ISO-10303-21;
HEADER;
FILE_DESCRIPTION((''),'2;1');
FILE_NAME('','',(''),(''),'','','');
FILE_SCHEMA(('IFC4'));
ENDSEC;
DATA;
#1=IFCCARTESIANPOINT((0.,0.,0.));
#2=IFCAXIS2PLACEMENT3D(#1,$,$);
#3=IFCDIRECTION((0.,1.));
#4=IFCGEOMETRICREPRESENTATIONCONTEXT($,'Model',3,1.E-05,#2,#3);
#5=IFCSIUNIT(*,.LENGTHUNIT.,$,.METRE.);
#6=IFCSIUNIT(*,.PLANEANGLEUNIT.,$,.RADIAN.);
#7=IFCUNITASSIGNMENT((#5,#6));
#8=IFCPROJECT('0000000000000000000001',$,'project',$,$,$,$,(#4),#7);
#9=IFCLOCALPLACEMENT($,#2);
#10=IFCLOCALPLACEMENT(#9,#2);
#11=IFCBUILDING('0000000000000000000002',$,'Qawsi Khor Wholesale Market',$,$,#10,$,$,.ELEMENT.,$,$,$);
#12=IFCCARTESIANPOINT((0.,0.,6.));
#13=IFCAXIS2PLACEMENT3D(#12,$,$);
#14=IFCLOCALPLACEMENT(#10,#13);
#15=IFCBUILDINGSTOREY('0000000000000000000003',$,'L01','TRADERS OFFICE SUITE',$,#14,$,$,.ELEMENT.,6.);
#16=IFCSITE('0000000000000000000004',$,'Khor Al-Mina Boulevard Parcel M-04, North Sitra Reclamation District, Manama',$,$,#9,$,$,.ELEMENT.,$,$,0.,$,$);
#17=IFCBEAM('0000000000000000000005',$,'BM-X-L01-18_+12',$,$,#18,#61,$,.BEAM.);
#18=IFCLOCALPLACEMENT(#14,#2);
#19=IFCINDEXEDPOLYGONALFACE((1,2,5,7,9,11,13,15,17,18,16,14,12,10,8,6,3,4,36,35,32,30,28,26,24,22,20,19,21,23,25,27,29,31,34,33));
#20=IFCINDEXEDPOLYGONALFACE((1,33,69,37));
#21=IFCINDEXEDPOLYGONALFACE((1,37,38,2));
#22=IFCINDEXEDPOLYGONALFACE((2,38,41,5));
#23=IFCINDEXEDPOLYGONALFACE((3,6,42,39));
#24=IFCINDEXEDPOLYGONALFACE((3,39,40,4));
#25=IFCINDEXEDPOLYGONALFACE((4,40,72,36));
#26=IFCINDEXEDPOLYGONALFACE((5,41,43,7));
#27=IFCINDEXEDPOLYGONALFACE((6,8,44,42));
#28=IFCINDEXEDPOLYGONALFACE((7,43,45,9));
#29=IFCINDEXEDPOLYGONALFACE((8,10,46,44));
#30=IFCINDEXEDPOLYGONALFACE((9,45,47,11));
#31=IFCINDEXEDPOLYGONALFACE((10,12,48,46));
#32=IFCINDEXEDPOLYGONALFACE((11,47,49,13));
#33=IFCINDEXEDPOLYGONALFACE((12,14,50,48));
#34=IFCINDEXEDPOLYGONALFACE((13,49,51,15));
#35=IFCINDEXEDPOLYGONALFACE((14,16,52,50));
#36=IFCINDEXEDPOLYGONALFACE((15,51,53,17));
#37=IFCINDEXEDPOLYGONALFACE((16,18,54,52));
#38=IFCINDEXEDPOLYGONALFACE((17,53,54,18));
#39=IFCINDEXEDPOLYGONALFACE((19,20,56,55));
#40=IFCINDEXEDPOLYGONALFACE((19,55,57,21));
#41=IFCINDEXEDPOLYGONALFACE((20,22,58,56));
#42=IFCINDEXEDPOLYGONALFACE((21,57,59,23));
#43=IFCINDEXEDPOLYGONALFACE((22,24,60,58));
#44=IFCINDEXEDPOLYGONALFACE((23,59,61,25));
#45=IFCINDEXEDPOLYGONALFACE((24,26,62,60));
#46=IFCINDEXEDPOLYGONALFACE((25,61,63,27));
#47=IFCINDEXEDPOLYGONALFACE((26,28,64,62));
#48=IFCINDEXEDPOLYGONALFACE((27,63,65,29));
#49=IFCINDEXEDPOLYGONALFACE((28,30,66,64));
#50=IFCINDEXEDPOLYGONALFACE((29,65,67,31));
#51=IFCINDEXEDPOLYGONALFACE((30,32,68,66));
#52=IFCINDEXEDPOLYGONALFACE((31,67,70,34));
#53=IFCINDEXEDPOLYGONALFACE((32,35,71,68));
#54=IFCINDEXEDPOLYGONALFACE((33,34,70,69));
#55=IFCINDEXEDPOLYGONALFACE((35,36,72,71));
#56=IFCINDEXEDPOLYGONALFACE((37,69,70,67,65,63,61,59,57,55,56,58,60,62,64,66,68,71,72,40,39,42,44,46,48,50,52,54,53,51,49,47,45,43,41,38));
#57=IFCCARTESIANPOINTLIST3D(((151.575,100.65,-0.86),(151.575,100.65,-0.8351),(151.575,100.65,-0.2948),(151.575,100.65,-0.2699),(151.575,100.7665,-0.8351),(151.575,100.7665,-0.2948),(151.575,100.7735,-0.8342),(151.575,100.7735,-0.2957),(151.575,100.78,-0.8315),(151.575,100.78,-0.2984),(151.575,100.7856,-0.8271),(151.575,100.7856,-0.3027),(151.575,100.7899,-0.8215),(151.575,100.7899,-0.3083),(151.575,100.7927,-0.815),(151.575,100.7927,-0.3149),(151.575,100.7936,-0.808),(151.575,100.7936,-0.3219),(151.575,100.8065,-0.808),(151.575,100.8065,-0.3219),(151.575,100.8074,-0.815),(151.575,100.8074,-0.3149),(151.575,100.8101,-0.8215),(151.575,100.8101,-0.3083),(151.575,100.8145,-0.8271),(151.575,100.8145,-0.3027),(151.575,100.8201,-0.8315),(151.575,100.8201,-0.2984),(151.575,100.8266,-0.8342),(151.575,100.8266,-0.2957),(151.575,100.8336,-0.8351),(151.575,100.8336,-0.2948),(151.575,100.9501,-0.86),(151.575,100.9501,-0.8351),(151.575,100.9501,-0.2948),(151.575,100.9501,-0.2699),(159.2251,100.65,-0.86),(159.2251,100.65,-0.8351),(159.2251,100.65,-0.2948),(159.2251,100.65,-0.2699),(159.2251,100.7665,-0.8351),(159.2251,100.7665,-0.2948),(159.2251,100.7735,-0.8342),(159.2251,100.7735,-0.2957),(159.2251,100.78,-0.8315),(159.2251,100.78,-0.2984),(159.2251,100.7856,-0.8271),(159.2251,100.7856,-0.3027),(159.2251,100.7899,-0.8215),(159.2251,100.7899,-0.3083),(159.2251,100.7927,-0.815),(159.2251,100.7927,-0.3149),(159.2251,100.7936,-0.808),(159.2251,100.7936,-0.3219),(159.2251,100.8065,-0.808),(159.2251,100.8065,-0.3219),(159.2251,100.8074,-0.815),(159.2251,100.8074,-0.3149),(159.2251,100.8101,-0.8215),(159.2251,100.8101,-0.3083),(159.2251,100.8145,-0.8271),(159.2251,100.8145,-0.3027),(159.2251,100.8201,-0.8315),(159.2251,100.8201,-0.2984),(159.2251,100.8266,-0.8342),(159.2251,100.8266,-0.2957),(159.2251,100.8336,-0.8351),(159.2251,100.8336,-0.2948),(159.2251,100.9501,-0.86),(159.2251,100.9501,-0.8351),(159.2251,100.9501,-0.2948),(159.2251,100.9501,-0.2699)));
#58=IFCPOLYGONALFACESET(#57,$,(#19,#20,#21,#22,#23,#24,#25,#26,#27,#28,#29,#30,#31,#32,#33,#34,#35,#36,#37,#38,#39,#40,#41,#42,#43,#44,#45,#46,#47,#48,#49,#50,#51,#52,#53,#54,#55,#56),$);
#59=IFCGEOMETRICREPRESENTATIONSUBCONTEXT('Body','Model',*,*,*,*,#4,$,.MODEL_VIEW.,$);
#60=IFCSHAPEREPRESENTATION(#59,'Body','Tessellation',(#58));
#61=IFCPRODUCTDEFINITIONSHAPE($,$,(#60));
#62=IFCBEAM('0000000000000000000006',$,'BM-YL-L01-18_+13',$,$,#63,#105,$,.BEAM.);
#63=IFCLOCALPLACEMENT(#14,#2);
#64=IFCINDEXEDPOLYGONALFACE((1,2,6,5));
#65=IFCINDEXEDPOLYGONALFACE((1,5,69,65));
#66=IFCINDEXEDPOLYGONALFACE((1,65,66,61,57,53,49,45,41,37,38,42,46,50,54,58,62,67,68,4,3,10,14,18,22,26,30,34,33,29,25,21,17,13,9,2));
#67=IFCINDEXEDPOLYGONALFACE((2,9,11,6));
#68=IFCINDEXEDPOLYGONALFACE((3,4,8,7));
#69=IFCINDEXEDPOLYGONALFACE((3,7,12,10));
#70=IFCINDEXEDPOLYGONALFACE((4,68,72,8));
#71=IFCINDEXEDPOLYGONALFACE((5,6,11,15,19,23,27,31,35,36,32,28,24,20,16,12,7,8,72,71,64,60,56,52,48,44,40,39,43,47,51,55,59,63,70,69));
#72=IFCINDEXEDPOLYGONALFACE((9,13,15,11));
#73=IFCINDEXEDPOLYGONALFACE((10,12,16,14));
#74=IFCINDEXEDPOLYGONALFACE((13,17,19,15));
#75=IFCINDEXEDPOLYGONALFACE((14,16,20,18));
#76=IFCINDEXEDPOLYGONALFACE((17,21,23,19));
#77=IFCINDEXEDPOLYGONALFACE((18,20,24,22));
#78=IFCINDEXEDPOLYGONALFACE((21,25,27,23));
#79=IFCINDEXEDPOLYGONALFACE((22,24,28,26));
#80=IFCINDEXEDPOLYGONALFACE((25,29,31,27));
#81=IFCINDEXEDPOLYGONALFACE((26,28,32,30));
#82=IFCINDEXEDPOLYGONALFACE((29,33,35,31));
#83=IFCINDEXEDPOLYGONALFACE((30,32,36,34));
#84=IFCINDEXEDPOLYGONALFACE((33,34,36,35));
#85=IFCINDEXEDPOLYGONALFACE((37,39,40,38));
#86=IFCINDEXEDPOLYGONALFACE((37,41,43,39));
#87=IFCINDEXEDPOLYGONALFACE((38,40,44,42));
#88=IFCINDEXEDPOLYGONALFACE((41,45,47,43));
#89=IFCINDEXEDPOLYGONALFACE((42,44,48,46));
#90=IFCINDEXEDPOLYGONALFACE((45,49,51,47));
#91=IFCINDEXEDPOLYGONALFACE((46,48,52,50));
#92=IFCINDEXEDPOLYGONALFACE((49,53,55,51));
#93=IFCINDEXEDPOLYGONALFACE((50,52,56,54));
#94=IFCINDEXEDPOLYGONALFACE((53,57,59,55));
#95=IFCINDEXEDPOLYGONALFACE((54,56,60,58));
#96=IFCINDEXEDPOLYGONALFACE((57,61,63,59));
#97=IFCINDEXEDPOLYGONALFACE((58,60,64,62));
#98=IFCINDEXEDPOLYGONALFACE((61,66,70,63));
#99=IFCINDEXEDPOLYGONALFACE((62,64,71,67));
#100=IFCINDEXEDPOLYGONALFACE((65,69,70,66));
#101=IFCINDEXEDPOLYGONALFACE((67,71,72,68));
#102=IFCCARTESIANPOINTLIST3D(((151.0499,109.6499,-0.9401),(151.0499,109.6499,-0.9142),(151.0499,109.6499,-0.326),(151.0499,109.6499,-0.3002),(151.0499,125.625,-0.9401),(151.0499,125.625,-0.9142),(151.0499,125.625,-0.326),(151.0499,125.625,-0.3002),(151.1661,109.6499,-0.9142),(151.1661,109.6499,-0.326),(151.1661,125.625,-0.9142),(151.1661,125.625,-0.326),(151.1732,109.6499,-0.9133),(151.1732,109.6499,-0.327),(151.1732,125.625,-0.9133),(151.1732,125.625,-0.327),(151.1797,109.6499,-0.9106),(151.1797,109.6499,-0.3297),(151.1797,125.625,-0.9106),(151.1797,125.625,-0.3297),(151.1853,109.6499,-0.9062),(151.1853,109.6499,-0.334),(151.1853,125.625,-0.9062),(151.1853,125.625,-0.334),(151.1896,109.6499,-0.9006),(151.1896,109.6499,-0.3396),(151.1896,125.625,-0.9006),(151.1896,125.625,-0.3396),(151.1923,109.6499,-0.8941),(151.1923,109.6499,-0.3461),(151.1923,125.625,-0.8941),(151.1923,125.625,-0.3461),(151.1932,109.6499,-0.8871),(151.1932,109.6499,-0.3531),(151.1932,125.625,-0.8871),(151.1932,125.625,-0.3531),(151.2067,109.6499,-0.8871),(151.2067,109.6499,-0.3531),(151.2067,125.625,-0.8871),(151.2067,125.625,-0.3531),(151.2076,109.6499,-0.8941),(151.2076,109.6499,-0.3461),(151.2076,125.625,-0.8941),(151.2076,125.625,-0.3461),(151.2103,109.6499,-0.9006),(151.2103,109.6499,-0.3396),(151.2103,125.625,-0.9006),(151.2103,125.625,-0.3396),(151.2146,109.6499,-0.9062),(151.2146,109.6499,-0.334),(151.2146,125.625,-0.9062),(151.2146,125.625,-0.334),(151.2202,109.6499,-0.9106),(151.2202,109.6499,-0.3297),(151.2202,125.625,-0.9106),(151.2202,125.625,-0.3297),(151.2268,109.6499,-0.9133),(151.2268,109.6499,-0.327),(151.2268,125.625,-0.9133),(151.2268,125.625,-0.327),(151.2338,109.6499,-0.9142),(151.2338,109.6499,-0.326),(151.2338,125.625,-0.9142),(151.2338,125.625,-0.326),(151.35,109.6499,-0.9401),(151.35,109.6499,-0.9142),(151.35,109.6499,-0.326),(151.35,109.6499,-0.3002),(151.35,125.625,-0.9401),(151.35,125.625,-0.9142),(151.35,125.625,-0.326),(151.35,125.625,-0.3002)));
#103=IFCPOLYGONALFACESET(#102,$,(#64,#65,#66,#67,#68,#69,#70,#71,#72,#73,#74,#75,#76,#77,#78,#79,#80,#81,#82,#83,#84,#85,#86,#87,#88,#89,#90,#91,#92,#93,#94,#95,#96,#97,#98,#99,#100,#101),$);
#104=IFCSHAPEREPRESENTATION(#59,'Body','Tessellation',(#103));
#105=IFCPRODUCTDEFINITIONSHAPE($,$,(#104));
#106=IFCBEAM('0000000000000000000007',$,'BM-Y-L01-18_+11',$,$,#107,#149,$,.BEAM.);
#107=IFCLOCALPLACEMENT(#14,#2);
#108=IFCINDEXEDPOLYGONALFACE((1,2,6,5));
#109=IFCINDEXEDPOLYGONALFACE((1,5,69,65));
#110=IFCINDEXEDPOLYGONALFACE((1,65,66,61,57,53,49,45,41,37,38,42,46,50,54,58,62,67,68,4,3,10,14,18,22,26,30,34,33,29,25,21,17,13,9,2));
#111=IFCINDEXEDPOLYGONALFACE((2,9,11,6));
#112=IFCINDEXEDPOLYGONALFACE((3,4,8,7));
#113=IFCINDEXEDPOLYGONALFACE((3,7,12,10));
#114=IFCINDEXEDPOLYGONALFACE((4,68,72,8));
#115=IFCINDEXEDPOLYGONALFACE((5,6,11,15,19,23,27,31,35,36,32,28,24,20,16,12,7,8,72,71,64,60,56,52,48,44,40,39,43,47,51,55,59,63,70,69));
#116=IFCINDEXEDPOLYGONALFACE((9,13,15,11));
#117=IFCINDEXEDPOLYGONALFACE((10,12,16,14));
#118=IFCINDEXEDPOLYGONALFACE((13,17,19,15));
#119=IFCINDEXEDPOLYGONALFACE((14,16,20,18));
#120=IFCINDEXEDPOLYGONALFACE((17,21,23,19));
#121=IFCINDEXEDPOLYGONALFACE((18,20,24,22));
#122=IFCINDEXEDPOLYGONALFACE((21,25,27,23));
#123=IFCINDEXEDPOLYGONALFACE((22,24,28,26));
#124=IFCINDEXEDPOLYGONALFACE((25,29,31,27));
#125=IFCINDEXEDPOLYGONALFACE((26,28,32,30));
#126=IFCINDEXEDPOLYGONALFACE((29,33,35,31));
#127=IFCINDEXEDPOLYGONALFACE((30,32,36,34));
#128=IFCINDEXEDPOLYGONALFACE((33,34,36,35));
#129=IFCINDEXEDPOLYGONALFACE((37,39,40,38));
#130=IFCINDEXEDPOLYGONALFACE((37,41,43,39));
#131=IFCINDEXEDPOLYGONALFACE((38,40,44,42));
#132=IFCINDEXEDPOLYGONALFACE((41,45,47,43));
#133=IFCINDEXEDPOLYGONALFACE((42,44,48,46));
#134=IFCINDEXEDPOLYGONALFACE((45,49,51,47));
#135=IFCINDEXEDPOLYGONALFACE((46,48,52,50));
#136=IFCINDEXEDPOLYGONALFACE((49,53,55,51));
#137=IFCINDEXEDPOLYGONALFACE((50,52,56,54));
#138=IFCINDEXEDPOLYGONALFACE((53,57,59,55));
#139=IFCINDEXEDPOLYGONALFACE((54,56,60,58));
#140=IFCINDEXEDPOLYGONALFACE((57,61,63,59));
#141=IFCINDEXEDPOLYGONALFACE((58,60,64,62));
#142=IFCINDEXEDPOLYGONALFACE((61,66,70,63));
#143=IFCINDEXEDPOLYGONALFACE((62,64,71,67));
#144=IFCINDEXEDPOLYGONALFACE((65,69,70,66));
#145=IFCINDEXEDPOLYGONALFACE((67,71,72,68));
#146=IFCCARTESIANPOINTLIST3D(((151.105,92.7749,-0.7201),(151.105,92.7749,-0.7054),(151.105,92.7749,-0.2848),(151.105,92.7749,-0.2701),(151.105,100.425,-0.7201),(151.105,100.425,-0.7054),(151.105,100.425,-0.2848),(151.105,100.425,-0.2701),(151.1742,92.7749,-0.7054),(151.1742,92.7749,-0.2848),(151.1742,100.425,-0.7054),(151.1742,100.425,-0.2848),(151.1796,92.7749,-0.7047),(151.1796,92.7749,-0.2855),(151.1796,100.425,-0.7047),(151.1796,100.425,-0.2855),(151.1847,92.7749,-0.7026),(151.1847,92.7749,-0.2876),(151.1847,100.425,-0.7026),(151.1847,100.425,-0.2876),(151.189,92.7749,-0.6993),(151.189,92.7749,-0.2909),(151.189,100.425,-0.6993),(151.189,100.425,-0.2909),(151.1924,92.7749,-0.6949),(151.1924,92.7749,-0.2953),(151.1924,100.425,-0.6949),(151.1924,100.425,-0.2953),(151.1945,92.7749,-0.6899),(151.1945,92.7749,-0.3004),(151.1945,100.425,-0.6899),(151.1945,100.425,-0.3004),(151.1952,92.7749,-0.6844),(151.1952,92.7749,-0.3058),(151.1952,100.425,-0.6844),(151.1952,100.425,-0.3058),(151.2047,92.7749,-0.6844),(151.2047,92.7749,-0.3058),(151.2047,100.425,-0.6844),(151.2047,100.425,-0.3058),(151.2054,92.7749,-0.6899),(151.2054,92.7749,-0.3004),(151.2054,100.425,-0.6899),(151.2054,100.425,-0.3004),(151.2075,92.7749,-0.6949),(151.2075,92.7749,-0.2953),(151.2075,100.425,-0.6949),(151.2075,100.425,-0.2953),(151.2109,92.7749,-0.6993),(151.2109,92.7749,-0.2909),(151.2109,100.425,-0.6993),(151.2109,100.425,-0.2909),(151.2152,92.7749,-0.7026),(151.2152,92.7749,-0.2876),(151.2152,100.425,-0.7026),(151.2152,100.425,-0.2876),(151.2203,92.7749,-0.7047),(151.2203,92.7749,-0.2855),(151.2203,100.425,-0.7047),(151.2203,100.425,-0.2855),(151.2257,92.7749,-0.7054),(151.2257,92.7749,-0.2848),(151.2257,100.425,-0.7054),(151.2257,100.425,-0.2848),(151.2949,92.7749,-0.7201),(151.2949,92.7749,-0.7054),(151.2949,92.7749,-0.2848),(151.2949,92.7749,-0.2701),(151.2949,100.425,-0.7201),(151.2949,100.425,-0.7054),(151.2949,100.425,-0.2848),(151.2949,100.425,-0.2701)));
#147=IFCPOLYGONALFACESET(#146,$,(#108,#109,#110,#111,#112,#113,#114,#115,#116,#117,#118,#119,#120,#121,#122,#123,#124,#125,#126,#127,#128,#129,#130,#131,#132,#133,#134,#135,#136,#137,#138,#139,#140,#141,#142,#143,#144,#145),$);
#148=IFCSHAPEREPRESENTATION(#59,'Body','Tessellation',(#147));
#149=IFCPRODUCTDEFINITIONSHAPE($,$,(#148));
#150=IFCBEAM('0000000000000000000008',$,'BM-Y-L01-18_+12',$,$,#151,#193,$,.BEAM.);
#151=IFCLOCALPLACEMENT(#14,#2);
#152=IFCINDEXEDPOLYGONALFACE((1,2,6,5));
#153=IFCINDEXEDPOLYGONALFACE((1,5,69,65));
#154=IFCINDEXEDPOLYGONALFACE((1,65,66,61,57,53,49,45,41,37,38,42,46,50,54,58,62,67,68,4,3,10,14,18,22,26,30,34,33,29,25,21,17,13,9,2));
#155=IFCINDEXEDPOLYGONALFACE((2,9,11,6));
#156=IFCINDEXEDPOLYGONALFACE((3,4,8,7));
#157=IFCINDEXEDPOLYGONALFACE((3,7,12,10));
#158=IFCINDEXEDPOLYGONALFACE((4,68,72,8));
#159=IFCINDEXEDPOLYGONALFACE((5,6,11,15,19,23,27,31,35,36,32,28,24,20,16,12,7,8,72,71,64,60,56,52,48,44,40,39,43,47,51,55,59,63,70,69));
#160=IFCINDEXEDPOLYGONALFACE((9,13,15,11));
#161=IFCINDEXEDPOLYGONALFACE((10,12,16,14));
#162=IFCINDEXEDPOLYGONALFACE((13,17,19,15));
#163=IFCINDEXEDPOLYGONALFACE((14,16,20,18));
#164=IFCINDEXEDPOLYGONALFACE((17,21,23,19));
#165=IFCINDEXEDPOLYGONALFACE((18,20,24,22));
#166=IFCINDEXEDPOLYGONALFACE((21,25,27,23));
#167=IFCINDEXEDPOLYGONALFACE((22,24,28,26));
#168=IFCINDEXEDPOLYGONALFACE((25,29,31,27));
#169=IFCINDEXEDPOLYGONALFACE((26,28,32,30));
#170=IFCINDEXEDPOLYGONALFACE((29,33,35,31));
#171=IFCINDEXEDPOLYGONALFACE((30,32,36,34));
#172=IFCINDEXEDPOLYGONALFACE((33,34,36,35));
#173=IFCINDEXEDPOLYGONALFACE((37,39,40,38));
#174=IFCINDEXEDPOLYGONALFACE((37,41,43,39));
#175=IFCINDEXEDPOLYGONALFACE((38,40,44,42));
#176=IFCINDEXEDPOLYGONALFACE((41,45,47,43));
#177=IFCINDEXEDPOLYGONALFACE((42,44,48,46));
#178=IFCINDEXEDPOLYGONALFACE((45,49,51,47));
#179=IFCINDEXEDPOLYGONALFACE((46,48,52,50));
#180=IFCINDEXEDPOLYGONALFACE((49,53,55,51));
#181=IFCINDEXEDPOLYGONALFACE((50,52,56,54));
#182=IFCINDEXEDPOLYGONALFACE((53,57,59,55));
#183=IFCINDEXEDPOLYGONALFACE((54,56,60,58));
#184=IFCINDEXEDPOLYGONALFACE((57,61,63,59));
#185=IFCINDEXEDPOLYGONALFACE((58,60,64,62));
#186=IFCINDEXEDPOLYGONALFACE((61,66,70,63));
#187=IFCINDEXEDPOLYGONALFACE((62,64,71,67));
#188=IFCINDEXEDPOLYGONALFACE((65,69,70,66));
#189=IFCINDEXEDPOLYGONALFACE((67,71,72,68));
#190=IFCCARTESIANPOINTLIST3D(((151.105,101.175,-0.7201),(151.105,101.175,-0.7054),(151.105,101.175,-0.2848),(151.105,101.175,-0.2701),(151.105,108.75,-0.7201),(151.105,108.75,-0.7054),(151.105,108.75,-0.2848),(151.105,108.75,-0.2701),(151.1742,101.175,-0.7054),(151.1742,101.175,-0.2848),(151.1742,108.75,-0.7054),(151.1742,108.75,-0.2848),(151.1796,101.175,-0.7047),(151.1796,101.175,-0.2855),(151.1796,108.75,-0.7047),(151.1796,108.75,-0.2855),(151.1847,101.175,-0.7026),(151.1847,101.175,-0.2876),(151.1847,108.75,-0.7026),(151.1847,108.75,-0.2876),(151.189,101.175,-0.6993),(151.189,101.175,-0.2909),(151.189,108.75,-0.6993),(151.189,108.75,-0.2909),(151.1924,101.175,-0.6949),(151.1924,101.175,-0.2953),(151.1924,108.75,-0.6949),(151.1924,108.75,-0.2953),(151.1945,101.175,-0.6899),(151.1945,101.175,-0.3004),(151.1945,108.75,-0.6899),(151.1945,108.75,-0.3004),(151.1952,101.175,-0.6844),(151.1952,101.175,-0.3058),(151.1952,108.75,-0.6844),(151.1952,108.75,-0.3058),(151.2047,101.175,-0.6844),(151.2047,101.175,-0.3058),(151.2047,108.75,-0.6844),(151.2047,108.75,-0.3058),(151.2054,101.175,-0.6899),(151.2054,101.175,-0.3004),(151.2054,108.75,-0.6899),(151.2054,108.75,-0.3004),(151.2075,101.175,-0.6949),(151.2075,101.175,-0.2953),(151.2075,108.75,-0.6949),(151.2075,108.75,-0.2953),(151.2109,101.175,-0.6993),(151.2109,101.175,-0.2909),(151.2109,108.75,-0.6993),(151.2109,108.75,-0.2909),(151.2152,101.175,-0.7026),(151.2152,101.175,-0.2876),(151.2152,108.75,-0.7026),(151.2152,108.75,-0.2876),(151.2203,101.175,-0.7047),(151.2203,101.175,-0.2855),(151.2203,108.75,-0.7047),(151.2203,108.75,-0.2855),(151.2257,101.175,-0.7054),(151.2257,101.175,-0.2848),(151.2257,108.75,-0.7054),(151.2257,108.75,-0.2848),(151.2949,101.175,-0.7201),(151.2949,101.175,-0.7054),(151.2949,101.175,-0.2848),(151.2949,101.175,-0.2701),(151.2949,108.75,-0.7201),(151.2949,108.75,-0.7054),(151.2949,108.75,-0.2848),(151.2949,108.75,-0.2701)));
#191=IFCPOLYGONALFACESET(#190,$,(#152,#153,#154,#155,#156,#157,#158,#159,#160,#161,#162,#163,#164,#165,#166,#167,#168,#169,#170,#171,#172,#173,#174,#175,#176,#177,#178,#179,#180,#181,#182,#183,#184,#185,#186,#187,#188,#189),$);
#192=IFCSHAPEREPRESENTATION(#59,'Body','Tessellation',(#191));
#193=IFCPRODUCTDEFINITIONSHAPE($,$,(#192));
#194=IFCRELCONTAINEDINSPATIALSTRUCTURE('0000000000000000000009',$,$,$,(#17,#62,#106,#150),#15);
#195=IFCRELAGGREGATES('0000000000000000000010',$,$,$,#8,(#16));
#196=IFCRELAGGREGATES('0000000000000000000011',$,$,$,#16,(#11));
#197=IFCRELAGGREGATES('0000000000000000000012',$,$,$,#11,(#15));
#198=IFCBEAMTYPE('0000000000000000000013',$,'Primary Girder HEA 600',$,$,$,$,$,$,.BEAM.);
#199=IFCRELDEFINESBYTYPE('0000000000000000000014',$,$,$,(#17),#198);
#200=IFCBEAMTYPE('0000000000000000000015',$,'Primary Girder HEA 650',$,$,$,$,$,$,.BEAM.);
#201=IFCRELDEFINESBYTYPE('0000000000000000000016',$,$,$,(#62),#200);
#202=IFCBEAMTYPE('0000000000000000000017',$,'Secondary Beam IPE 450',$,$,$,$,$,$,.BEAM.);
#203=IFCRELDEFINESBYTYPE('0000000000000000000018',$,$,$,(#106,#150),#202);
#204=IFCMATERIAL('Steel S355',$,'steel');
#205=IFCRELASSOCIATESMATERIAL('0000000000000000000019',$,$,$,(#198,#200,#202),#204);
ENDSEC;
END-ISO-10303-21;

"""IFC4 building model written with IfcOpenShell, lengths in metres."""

from ifc_helpers import new_model, si_unit, direction, frame, origin, origin_2d, place, context, subcontext, project, spatial, i_section, extrude, material, material_profile, profile_set, type_object, element, save


model = new_model("IFC4")

# Units and contexts
model_context = context("Model", 3, precision=1e-05, world=origin(), true_north=direction((0.0, 1.0)))
body_context = subcontext(model_context, "Body", "Model", "MODEL_VIEW")
ifc_project = project(units=[si_unit("LENGTHUNIT", "METRE"), si_unit("PLANEANGLEUNIT", "RADIAN")], contexts=[model_context])

# Site, building, storey
site_placement = place(None, origin())
site = spatial("IfcSite", under=ifc_project, at=site_placement, Name="Khor Al-Mina Boulevard Parcel M-04, North Sitra Reclamation District, Manama", CompositionType="ELEMENT", RefElevation=0.0)
building_placement = place(site_placement, origin())
building = spatial("IfcBuilding", under=site, at=building_placement, Name="Qawsi Khor Wholesale Market", CompositionType="ELEMENT")
storey_placement = place(building_placement, frame((0.0, 0.0, 6.0)))
storey = spatial("IfcBuildingStorey", under=building, at=storey_placement, Name="L01", Description="TRADERS OFFICE SUITE", CompositionType="ELEMENT", Elevation=6.0)

# Beams
ifc_material_1 = material(Name="Steel S355", Category="steel")
ifc_material_profile_1 = material_profile(ifc_material_1, i_section(OverallWidth=0.3, OverallDepth=0.5901, WebThickness=0.0129, FlangeThickness=0.0249, FilletRadius=0.0271, at=origin_2d()), Name="HEA 600")
ifc_profile_set_1 = profile_set([ifc_material_profile_1], Name="Steel S355")
beam_type_1 = type_object("IfcBeamType", Name="Primary Girder HEA 600", PredefinedType="BEAM", material=ifc_profile_set_1)
beam_1_placement = place(storey_placement, frame((151.575, 100.8, -0.5649), z_axis=(1.0, 0.0, 0.0), x_axis=(0.0, 1.0, 0.0)))
element("IfcBeam", 1, at=beam_1_placement, inside=storey, type_object=beam_type_1, Name="BM-X-L01-18_+12", PredefinedType="BEAM", context=body_context, shape_type="SweptSolid", body=[
    extrude(i_section(OverallWidth=0.3, OverallDepth=0.5901, WebThickness=0.0129, FlangeThickness=0.0249, FilletRadius=0.0271, at=origin_2d()), origin(), (0.0, 0.0, 1.0), 7.6501),
])
ifc_material_profile_2 = material_profile(ifc_material_1, i_section(OverallWidth=0.3, OverallDepth=0.6399, WebThickness=0.0134, FlangeThickness=0.0259, FilletRadius=0.0271, at=origin_2d()), Name="HEA 650")
ifc_profile_set_2 = profile_set([ifc_material_profile_2], Name="Steel S355")
beam_type_2 = type_object("IfcBeamType", Name="Primary Girder HEA 650", PredefinedType="BEAM", material=ifc_profile_set_2)
beam_2_placement = place(storey_placement, frame((151.2, 109.6499, -0.6201), z_axis=(0.0, 1.0, 0.0), x_axis=(-1.0, 0.0, 0.0)))
element("IfcBeam", 2, at=beam_2_placement, inside=storey, type_object=beam_type_2, Name="BM-YL-L01-18_+13", PredefinedType="BEAM", context=body_context, shape_type="SweptSolid", body=[
    extrude(i_section(OverallWidth=0.3, OverallDepth=0.6399, WebThickness=0.0134, FlangeThickness=0.0259, FilletRadius=0.0271, at=origin_2d()), origin(), (0.0, 0.0, 1.0), 15.9751),
])
ifc_material_profile_3 = material_profile(ifc_material_1, i_section(OverallWidth=0.1899, OverallDepth=0.45, WebThickness=0.0095, FlangeThickness=0.0146, FilletRadius=0.021, at=origin_2d()), Name="IPE 450")
ifc_profile_set_3 = profile_set([ifc_material_profile_3], Name="Steel S355")
beam_type_3 = type_object("IfcBeamType", Name="Secondary Beam IPE 450", PredefinedType="BEAM", material=ifc_profile_set_3)
beam_3_placement = place(storey_placement, frame((151.2, 92.7749, -0.4951), z_axis=(0.0, 1.0, 0.0), x_axis=(-1.0, 0.0, 0.0)))
element("IfcBeam", 3, at=beam_3_placement, inside=storey, type_object=beam_type_3, Name="BM-Y-L01-18_+11", PredefinedType="BEAM", context=body_context, shape_type="SweptSolid", body=[
    extrude(i_section(OverallWidth=0.1899, OverallDepth=0.45, WebThickness=0.0095, FlangeThickness=0.0146, FilletRadius=0.021, at=origin_2d()), origin(), (0.0, 0.0, 1.0), 7.6501),
])
beam_4_placement = place(storey_placement, frame((151.2, 101.175, -0.4951), z_axis=(0.0, 1.0, 0.0), x_axis=(-1.0, 0.0, 0.0)))
element("IfcBeam", 4, at=beam_4_placement, inside=storey, type_object=beam_type_3, Name="BM-Y-L01-18_+12", PredefinedType="BEAM", context=body_context, shape_type="SweptSolid", body=[
    extrude(i_section(OverallWidth=0.1899, OverallDepth=0.45, WebThickness=0.0095, FlangeThickness=0.0146, FilletRadius=0.021, at=origin_2d()), origin(), (0.0, 0.0, 1.0), 7.575),
])

save(model, "model.ifc")
